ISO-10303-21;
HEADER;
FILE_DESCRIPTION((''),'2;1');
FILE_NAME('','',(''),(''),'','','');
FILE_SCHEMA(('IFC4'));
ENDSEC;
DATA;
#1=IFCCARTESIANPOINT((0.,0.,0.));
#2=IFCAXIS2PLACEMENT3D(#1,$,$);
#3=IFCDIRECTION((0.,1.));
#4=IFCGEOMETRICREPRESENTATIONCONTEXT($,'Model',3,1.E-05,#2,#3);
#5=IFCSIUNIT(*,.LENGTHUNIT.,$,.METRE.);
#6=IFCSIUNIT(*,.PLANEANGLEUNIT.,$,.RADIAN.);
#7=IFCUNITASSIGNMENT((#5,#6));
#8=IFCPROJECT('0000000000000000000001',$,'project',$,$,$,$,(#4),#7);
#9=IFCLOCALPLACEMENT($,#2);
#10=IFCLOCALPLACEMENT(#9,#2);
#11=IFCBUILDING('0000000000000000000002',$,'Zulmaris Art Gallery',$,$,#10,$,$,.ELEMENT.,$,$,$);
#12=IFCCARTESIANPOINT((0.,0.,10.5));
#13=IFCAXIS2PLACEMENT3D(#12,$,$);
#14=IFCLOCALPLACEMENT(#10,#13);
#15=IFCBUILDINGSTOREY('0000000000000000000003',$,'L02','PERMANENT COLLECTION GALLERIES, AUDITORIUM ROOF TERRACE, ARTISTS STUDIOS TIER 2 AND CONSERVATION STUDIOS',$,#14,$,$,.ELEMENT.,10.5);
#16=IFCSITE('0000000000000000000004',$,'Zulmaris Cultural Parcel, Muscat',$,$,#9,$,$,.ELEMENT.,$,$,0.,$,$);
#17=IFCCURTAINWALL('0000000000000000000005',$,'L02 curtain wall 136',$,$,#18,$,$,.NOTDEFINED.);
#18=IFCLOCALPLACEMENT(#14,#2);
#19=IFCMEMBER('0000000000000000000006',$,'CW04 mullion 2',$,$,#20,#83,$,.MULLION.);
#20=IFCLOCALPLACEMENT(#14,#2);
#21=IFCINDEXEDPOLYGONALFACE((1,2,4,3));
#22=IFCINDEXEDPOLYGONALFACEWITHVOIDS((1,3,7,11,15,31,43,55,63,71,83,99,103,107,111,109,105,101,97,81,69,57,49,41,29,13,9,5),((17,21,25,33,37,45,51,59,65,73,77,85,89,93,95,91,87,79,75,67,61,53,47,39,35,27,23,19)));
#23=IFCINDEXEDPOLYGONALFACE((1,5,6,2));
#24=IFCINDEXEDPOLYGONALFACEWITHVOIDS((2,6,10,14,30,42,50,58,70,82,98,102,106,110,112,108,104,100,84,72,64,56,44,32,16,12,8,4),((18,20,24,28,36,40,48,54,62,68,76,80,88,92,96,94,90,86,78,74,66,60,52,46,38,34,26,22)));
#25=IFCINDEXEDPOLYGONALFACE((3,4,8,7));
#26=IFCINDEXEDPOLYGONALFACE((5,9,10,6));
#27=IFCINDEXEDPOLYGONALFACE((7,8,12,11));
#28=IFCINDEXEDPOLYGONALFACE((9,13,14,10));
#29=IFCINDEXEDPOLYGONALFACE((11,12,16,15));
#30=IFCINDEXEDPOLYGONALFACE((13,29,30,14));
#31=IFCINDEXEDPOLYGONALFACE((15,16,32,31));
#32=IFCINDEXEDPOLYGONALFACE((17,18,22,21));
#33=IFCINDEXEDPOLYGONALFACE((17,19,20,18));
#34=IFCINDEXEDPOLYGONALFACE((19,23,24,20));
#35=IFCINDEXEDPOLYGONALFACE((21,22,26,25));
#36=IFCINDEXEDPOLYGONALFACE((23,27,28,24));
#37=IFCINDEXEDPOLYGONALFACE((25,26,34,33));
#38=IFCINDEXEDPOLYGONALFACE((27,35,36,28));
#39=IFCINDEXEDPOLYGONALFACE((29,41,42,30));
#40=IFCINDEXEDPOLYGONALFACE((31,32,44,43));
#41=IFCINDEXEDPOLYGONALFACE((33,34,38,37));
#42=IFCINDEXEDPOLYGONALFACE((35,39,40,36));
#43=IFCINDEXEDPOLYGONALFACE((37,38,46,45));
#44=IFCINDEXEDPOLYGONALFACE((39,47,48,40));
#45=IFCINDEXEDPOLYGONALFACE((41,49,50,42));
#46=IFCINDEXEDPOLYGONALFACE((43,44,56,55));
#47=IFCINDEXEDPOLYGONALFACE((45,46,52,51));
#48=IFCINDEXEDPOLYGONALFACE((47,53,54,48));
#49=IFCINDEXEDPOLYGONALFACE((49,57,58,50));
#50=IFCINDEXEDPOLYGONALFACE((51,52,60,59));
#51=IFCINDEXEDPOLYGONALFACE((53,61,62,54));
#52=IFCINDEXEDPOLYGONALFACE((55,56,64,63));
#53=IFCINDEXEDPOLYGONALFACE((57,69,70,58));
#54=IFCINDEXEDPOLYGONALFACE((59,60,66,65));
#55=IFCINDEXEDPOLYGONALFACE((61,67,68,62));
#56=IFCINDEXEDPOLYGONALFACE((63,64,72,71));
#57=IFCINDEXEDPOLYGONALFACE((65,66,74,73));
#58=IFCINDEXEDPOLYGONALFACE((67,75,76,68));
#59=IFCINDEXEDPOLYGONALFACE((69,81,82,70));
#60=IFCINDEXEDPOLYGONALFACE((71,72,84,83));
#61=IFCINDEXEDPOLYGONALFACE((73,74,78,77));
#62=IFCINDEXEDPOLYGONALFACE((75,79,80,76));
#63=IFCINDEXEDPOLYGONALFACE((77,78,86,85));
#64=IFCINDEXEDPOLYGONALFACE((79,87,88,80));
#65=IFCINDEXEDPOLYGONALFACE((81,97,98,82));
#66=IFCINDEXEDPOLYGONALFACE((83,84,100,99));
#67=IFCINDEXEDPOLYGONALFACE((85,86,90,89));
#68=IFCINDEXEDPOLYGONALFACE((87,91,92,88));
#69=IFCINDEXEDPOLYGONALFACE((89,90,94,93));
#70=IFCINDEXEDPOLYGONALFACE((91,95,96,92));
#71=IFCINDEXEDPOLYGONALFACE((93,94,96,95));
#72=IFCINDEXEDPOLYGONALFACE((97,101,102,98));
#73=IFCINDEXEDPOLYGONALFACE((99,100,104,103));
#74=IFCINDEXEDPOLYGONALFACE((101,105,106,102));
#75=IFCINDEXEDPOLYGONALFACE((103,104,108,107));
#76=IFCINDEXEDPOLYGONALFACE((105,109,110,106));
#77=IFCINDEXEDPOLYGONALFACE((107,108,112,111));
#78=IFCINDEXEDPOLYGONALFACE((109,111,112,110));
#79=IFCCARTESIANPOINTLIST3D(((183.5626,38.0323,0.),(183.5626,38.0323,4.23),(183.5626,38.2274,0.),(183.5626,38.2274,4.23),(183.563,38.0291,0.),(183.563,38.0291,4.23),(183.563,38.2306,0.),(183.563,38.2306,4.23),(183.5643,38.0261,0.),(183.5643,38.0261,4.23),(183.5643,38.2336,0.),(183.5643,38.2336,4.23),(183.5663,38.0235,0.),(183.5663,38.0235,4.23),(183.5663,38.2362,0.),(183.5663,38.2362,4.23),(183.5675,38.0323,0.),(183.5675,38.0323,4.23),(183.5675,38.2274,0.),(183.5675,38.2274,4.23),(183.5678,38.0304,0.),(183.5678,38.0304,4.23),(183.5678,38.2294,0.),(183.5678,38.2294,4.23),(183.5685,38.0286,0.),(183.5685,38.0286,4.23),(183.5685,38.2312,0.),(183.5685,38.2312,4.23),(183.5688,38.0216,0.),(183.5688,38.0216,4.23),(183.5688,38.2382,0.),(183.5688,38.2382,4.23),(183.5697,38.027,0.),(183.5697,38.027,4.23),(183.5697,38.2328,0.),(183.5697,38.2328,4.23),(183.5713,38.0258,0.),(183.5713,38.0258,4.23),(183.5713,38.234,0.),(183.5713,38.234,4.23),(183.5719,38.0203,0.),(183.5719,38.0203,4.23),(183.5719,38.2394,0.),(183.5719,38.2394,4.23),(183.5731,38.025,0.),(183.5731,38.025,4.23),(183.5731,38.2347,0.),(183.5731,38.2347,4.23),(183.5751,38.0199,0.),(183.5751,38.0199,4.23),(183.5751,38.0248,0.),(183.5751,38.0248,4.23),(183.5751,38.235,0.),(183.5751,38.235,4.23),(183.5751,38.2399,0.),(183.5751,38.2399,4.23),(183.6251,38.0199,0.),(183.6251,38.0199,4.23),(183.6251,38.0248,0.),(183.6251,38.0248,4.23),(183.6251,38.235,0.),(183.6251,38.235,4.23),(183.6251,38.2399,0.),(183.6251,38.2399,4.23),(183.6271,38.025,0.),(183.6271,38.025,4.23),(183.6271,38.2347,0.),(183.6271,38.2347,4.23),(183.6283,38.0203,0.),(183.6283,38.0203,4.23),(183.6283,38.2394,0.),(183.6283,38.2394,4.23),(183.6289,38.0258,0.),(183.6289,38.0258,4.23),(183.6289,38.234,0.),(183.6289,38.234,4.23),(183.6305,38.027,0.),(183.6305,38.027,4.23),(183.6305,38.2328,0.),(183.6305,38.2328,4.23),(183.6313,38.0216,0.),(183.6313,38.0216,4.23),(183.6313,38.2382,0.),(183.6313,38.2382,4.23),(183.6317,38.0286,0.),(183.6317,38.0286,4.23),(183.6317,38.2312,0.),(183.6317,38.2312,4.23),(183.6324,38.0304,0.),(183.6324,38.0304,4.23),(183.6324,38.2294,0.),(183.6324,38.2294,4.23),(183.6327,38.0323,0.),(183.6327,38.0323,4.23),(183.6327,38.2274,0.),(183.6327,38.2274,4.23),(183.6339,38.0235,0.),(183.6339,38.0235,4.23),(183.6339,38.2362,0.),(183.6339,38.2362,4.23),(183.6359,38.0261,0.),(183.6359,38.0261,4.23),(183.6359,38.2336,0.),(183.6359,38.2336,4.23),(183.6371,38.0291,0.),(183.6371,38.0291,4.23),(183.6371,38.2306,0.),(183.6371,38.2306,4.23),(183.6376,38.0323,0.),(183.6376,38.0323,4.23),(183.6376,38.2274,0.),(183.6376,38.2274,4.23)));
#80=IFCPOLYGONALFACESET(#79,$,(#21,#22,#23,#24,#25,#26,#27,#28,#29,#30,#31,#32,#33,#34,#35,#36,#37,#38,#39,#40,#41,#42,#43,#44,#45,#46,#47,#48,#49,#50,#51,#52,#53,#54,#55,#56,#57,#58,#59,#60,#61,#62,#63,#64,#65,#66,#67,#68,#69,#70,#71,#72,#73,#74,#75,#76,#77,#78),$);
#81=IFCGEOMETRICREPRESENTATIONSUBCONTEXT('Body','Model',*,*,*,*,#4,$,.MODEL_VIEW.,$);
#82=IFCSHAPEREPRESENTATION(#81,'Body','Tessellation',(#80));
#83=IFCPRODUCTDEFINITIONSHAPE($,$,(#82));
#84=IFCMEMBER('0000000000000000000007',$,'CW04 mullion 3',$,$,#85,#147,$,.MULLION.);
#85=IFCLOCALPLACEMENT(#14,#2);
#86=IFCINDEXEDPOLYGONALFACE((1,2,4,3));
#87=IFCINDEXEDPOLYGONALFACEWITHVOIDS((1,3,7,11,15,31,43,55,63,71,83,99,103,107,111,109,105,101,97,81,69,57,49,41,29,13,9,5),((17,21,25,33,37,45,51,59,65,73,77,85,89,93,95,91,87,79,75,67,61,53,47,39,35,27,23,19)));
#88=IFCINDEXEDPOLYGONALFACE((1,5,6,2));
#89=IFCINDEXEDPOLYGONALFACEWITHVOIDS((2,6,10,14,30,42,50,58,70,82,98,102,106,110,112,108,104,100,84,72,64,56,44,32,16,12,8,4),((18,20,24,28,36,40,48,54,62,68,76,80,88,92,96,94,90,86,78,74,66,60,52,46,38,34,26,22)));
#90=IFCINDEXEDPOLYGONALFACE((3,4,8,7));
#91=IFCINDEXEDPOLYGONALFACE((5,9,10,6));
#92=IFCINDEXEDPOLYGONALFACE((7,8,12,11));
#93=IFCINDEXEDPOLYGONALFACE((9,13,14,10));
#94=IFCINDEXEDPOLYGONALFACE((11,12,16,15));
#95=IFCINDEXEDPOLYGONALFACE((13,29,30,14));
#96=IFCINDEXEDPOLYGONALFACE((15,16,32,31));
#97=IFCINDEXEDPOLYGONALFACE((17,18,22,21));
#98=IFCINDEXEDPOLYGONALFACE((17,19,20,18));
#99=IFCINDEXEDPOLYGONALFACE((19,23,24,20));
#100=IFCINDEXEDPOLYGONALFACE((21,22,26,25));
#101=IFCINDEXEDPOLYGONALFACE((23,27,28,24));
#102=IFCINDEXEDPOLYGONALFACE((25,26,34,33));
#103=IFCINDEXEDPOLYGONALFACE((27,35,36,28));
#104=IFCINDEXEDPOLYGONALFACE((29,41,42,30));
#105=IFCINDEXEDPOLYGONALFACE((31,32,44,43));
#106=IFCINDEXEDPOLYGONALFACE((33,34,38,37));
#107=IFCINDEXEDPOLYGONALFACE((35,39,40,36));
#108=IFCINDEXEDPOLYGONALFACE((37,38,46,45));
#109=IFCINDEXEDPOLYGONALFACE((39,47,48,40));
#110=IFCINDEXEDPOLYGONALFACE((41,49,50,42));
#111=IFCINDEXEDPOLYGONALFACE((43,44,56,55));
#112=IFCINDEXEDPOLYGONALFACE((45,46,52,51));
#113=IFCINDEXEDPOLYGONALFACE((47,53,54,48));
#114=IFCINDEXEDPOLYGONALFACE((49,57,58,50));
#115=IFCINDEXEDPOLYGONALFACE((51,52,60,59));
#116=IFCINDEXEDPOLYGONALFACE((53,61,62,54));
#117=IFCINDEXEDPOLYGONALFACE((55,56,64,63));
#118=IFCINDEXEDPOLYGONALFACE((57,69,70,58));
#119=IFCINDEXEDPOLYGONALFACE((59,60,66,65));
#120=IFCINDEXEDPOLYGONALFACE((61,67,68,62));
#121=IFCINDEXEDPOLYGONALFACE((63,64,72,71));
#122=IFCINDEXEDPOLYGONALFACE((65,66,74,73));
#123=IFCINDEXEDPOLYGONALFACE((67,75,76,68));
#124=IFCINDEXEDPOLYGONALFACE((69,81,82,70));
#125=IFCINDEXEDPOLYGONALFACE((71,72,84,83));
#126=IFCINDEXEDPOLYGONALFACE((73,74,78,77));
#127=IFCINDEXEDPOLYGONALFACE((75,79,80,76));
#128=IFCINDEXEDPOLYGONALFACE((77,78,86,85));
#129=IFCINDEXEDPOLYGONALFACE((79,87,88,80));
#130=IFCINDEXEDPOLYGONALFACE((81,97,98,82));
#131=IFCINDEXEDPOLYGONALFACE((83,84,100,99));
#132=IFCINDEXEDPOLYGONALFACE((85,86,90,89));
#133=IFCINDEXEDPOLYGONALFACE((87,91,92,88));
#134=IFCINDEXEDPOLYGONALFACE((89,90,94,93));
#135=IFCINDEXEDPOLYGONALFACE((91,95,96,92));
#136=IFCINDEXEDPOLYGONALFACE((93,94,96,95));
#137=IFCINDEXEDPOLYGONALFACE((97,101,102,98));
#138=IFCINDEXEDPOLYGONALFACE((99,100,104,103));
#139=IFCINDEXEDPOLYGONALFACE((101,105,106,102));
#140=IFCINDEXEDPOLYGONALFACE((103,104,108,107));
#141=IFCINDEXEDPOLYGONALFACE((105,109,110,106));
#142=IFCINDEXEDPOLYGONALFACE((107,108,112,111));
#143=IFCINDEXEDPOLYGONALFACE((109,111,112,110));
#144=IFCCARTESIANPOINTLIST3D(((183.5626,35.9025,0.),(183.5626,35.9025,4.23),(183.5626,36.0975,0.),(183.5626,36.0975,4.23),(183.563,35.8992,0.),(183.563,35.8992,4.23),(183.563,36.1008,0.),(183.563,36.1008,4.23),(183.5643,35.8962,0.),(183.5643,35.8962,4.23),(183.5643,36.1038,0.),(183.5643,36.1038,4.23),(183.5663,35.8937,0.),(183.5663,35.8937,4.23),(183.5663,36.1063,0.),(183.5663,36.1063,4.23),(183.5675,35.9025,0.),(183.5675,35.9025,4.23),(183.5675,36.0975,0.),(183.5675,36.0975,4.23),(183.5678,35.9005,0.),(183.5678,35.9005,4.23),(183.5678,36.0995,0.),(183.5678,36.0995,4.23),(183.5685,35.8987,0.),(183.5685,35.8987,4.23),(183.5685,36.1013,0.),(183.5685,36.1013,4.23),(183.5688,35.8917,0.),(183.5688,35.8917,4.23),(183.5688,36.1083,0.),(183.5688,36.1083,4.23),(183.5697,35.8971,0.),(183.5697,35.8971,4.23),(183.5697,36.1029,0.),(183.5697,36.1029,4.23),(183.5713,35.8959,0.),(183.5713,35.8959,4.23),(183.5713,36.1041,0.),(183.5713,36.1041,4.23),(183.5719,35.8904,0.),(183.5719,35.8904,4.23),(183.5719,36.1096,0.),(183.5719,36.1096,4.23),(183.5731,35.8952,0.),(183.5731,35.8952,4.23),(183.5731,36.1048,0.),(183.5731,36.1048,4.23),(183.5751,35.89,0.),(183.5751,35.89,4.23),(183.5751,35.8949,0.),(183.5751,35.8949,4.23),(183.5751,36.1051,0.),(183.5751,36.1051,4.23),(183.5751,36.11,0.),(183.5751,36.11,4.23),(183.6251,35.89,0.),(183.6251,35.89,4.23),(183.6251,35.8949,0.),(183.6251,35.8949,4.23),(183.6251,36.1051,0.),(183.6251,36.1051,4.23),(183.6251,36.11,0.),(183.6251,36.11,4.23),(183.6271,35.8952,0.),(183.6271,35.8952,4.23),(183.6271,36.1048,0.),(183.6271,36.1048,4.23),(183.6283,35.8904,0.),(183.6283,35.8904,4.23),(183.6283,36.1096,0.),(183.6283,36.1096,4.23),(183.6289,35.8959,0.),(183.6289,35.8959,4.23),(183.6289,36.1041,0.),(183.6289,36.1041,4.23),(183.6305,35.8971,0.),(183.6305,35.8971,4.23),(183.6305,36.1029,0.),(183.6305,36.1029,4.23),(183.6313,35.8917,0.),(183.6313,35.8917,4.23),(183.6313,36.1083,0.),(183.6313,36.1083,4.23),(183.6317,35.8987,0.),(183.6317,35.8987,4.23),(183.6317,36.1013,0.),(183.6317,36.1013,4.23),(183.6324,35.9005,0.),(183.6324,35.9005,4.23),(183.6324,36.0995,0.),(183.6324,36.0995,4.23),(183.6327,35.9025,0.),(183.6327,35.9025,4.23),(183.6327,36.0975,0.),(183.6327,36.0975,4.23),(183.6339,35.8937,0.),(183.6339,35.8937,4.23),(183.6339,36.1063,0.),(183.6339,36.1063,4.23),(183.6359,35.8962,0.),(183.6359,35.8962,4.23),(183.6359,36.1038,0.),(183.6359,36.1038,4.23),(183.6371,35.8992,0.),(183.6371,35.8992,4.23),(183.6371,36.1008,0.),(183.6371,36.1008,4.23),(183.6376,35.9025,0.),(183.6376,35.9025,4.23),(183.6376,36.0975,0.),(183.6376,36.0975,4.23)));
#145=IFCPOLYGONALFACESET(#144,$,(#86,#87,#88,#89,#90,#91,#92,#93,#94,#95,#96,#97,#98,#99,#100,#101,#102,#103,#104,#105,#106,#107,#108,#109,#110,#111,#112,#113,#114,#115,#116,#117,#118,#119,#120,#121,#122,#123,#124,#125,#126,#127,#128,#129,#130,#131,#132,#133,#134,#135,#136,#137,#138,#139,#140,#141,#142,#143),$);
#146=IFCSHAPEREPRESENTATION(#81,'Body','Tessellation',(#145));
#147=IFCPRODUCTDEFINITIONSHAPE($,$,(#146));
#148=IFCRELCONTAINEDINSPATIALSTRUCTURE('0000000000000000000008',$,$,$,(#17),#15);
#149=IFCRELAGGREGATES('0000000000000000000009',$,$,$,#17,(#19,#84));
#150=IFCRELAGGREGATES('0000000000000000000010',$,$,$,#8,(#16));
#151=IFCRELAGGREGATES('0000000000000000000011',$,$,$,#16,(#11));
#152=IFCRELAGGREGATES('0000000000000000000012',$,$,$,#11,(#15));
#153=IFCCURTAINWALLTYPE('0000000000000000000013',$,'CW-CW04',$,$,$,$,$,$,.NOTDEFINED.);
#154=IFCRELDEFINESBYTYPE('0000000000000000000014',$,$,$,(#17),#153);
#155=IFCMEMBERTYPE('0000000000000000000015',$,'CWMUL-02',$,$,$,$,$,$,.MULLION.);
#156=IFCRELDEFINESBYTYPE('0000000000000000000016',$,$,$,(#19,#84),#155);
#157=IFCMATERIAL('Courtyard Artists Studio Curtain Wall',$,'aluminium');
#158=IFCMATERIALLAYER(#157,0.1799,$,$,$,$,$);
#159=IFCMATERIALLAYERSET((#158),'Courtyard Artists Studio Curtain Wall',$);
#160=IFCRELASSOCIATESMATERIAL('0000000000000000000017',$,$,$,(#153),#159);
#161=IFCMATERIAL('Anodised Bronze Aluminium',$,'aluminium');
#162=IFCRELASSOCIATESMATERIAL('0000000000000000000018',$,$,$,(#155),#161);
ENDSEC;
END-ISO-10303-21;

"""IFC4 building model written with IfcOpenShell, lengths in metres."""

from ifc_helpers import new_model, si_unit, direction, frame, origin, origin_2d, place, context, subcontext, project, spatial, hollow_rectangle, extrude, material, layer, layer_set, material_profile, profile_set, type_object, element, aggregate, save


model = new_model("IFC4")

# Units and contexts
model_context = context("Model", 3, precision=1e-05, world=origin(), true_north=direction((0.0, 1.0)))
body_context = subcontext(model_context, "Body", "Model", "MODEL_VIEW")
ifc_project = project(units=[si_unit("LENGTHUNIT", "METRE"), si_unit("PLANEANGLEUNIT", "RADIAN")], contexts=[model_context])

# Site, building, storey
site_placement = place(None, origin())
site = spatial("IfcSite", under=ifc_project, at=site_placement, Name="Zulmaris Cultural Parcel, Muscat", CompositionType="ELEMENT", RefElevation=0.0)
building_placement = place(site_placement, origin())
building = spatial("IfcBuilding", under=site, at=building_placement, Name="Zulmaris Art Gallery", CompositionType="ELEMENT")
storey_placement = place(building_placement, frame((0.0, 0.0, 10.5)))
storey = spatial("IfcBuildingStorey", under=building, at=storey_placement, Name="L02", Description="PERMANENT COLLECTION GALLERIES, AUDITORIUM ROOF TERRACE, ARTISTS STUDIOS TIER 2 AND CONSERVATION STUDIOS", CompositionType="ELEMENT", Elevation=10.5)

# Curtain wall, members
ifc_material_1 = material(Name="Courtyard Artists Studio Curtain Wall", Category="aluminium")
ifc_layer_1 = layer(ifc_material_1, 0.1799)
ifc_layer_set_1 = layer_set([ifc_layer_1], Name="Courtyard Artists Studio Curtain Wall")
curtain_wall_type = type_object("IfcCurtainWallType", Name="CW-CW04", PredefinedType="NOTDEFINED", material=ifc_layer_set_1)
curtain_wall_1_placement = place(storey_placement, origin())
curtain_wall_1 = element("IfcCurtainWall", 1, at=curtain_wall_1_placement, inside=storey, type_object=curtain_wall_type, Name="L02 curtain wall 136", PredefinedType="NOTDEFINED")
ifc_material_2 = material(Name="Anodised Bronze Aluminium", Category="aluminium")
ifc_material_profile_1 = material_profile(ifc_material_2, hollow_rectangle(XDim=0.075, YDim=0.22, WallThickness=0.0049, InnerFilletRadius=0.0076, OuterFilletRadius=0.0125, at=origin_2d()), Name="ALU 75x220x5")
ifc_profile_set_1 = profile_set([ifc_material_profile_1], Name="Anodised Bronze Aluminium")
member_type_1 = type_object("IfcMemberType", Name="CWMUL-02", PredefinedType="MULLION", material=ifc_profile_set_1)
member_1_placement = place(storey_placement, frame((183.6001, 38.1299, 0.0), z_axis=(0.0, 0.0, 1.0), x_axis=(1.0, 0.0, 0.0)))
member_1 = element("IfcMember", 2, at=member_1_placement, type_object=member_type_1, Name="CW04 mullion 2", PredefinedType="MULLION", context=body_context, shape_type="SweptSolid", body=[
    extrude(hollow_rectangle(XDim=0.075, YDim=0.22, WallThickness=0.0049, InnerFilletRadius=0.0076, OuterFilletRadius=0.0125, at=origin_2d()), origin(), (0.0, 0.0, 1.0), 4.23),
])
member_2_placement = place(storey_placement, frame((183.6001, 36.0, 0.0), z_axis=(0.0, 0.0, 1.0), x_axis=(1.0, 0.0, 0.0)))
member_2 = element("IfcMember", 3, at=member_2_placement, type_object=member_type_1, Name="CW04 mullion 3", PredefinedType="MULLION", context=body_context, shape_type="SweptSolid", body=[
    extrude(hollow_rectangle(XDim=0.075, YDim=0.22, WallThickness=0.0049, InnerFilletRadius=0.0076, OuterFilletRadius=0.0125, at=origin_2d()), origin(), (0.0, 0.0, 1.0), 4.23),
])

aggregate(curtain_wall_1, [member_1, member_2])

save(model, "model.ifc")
